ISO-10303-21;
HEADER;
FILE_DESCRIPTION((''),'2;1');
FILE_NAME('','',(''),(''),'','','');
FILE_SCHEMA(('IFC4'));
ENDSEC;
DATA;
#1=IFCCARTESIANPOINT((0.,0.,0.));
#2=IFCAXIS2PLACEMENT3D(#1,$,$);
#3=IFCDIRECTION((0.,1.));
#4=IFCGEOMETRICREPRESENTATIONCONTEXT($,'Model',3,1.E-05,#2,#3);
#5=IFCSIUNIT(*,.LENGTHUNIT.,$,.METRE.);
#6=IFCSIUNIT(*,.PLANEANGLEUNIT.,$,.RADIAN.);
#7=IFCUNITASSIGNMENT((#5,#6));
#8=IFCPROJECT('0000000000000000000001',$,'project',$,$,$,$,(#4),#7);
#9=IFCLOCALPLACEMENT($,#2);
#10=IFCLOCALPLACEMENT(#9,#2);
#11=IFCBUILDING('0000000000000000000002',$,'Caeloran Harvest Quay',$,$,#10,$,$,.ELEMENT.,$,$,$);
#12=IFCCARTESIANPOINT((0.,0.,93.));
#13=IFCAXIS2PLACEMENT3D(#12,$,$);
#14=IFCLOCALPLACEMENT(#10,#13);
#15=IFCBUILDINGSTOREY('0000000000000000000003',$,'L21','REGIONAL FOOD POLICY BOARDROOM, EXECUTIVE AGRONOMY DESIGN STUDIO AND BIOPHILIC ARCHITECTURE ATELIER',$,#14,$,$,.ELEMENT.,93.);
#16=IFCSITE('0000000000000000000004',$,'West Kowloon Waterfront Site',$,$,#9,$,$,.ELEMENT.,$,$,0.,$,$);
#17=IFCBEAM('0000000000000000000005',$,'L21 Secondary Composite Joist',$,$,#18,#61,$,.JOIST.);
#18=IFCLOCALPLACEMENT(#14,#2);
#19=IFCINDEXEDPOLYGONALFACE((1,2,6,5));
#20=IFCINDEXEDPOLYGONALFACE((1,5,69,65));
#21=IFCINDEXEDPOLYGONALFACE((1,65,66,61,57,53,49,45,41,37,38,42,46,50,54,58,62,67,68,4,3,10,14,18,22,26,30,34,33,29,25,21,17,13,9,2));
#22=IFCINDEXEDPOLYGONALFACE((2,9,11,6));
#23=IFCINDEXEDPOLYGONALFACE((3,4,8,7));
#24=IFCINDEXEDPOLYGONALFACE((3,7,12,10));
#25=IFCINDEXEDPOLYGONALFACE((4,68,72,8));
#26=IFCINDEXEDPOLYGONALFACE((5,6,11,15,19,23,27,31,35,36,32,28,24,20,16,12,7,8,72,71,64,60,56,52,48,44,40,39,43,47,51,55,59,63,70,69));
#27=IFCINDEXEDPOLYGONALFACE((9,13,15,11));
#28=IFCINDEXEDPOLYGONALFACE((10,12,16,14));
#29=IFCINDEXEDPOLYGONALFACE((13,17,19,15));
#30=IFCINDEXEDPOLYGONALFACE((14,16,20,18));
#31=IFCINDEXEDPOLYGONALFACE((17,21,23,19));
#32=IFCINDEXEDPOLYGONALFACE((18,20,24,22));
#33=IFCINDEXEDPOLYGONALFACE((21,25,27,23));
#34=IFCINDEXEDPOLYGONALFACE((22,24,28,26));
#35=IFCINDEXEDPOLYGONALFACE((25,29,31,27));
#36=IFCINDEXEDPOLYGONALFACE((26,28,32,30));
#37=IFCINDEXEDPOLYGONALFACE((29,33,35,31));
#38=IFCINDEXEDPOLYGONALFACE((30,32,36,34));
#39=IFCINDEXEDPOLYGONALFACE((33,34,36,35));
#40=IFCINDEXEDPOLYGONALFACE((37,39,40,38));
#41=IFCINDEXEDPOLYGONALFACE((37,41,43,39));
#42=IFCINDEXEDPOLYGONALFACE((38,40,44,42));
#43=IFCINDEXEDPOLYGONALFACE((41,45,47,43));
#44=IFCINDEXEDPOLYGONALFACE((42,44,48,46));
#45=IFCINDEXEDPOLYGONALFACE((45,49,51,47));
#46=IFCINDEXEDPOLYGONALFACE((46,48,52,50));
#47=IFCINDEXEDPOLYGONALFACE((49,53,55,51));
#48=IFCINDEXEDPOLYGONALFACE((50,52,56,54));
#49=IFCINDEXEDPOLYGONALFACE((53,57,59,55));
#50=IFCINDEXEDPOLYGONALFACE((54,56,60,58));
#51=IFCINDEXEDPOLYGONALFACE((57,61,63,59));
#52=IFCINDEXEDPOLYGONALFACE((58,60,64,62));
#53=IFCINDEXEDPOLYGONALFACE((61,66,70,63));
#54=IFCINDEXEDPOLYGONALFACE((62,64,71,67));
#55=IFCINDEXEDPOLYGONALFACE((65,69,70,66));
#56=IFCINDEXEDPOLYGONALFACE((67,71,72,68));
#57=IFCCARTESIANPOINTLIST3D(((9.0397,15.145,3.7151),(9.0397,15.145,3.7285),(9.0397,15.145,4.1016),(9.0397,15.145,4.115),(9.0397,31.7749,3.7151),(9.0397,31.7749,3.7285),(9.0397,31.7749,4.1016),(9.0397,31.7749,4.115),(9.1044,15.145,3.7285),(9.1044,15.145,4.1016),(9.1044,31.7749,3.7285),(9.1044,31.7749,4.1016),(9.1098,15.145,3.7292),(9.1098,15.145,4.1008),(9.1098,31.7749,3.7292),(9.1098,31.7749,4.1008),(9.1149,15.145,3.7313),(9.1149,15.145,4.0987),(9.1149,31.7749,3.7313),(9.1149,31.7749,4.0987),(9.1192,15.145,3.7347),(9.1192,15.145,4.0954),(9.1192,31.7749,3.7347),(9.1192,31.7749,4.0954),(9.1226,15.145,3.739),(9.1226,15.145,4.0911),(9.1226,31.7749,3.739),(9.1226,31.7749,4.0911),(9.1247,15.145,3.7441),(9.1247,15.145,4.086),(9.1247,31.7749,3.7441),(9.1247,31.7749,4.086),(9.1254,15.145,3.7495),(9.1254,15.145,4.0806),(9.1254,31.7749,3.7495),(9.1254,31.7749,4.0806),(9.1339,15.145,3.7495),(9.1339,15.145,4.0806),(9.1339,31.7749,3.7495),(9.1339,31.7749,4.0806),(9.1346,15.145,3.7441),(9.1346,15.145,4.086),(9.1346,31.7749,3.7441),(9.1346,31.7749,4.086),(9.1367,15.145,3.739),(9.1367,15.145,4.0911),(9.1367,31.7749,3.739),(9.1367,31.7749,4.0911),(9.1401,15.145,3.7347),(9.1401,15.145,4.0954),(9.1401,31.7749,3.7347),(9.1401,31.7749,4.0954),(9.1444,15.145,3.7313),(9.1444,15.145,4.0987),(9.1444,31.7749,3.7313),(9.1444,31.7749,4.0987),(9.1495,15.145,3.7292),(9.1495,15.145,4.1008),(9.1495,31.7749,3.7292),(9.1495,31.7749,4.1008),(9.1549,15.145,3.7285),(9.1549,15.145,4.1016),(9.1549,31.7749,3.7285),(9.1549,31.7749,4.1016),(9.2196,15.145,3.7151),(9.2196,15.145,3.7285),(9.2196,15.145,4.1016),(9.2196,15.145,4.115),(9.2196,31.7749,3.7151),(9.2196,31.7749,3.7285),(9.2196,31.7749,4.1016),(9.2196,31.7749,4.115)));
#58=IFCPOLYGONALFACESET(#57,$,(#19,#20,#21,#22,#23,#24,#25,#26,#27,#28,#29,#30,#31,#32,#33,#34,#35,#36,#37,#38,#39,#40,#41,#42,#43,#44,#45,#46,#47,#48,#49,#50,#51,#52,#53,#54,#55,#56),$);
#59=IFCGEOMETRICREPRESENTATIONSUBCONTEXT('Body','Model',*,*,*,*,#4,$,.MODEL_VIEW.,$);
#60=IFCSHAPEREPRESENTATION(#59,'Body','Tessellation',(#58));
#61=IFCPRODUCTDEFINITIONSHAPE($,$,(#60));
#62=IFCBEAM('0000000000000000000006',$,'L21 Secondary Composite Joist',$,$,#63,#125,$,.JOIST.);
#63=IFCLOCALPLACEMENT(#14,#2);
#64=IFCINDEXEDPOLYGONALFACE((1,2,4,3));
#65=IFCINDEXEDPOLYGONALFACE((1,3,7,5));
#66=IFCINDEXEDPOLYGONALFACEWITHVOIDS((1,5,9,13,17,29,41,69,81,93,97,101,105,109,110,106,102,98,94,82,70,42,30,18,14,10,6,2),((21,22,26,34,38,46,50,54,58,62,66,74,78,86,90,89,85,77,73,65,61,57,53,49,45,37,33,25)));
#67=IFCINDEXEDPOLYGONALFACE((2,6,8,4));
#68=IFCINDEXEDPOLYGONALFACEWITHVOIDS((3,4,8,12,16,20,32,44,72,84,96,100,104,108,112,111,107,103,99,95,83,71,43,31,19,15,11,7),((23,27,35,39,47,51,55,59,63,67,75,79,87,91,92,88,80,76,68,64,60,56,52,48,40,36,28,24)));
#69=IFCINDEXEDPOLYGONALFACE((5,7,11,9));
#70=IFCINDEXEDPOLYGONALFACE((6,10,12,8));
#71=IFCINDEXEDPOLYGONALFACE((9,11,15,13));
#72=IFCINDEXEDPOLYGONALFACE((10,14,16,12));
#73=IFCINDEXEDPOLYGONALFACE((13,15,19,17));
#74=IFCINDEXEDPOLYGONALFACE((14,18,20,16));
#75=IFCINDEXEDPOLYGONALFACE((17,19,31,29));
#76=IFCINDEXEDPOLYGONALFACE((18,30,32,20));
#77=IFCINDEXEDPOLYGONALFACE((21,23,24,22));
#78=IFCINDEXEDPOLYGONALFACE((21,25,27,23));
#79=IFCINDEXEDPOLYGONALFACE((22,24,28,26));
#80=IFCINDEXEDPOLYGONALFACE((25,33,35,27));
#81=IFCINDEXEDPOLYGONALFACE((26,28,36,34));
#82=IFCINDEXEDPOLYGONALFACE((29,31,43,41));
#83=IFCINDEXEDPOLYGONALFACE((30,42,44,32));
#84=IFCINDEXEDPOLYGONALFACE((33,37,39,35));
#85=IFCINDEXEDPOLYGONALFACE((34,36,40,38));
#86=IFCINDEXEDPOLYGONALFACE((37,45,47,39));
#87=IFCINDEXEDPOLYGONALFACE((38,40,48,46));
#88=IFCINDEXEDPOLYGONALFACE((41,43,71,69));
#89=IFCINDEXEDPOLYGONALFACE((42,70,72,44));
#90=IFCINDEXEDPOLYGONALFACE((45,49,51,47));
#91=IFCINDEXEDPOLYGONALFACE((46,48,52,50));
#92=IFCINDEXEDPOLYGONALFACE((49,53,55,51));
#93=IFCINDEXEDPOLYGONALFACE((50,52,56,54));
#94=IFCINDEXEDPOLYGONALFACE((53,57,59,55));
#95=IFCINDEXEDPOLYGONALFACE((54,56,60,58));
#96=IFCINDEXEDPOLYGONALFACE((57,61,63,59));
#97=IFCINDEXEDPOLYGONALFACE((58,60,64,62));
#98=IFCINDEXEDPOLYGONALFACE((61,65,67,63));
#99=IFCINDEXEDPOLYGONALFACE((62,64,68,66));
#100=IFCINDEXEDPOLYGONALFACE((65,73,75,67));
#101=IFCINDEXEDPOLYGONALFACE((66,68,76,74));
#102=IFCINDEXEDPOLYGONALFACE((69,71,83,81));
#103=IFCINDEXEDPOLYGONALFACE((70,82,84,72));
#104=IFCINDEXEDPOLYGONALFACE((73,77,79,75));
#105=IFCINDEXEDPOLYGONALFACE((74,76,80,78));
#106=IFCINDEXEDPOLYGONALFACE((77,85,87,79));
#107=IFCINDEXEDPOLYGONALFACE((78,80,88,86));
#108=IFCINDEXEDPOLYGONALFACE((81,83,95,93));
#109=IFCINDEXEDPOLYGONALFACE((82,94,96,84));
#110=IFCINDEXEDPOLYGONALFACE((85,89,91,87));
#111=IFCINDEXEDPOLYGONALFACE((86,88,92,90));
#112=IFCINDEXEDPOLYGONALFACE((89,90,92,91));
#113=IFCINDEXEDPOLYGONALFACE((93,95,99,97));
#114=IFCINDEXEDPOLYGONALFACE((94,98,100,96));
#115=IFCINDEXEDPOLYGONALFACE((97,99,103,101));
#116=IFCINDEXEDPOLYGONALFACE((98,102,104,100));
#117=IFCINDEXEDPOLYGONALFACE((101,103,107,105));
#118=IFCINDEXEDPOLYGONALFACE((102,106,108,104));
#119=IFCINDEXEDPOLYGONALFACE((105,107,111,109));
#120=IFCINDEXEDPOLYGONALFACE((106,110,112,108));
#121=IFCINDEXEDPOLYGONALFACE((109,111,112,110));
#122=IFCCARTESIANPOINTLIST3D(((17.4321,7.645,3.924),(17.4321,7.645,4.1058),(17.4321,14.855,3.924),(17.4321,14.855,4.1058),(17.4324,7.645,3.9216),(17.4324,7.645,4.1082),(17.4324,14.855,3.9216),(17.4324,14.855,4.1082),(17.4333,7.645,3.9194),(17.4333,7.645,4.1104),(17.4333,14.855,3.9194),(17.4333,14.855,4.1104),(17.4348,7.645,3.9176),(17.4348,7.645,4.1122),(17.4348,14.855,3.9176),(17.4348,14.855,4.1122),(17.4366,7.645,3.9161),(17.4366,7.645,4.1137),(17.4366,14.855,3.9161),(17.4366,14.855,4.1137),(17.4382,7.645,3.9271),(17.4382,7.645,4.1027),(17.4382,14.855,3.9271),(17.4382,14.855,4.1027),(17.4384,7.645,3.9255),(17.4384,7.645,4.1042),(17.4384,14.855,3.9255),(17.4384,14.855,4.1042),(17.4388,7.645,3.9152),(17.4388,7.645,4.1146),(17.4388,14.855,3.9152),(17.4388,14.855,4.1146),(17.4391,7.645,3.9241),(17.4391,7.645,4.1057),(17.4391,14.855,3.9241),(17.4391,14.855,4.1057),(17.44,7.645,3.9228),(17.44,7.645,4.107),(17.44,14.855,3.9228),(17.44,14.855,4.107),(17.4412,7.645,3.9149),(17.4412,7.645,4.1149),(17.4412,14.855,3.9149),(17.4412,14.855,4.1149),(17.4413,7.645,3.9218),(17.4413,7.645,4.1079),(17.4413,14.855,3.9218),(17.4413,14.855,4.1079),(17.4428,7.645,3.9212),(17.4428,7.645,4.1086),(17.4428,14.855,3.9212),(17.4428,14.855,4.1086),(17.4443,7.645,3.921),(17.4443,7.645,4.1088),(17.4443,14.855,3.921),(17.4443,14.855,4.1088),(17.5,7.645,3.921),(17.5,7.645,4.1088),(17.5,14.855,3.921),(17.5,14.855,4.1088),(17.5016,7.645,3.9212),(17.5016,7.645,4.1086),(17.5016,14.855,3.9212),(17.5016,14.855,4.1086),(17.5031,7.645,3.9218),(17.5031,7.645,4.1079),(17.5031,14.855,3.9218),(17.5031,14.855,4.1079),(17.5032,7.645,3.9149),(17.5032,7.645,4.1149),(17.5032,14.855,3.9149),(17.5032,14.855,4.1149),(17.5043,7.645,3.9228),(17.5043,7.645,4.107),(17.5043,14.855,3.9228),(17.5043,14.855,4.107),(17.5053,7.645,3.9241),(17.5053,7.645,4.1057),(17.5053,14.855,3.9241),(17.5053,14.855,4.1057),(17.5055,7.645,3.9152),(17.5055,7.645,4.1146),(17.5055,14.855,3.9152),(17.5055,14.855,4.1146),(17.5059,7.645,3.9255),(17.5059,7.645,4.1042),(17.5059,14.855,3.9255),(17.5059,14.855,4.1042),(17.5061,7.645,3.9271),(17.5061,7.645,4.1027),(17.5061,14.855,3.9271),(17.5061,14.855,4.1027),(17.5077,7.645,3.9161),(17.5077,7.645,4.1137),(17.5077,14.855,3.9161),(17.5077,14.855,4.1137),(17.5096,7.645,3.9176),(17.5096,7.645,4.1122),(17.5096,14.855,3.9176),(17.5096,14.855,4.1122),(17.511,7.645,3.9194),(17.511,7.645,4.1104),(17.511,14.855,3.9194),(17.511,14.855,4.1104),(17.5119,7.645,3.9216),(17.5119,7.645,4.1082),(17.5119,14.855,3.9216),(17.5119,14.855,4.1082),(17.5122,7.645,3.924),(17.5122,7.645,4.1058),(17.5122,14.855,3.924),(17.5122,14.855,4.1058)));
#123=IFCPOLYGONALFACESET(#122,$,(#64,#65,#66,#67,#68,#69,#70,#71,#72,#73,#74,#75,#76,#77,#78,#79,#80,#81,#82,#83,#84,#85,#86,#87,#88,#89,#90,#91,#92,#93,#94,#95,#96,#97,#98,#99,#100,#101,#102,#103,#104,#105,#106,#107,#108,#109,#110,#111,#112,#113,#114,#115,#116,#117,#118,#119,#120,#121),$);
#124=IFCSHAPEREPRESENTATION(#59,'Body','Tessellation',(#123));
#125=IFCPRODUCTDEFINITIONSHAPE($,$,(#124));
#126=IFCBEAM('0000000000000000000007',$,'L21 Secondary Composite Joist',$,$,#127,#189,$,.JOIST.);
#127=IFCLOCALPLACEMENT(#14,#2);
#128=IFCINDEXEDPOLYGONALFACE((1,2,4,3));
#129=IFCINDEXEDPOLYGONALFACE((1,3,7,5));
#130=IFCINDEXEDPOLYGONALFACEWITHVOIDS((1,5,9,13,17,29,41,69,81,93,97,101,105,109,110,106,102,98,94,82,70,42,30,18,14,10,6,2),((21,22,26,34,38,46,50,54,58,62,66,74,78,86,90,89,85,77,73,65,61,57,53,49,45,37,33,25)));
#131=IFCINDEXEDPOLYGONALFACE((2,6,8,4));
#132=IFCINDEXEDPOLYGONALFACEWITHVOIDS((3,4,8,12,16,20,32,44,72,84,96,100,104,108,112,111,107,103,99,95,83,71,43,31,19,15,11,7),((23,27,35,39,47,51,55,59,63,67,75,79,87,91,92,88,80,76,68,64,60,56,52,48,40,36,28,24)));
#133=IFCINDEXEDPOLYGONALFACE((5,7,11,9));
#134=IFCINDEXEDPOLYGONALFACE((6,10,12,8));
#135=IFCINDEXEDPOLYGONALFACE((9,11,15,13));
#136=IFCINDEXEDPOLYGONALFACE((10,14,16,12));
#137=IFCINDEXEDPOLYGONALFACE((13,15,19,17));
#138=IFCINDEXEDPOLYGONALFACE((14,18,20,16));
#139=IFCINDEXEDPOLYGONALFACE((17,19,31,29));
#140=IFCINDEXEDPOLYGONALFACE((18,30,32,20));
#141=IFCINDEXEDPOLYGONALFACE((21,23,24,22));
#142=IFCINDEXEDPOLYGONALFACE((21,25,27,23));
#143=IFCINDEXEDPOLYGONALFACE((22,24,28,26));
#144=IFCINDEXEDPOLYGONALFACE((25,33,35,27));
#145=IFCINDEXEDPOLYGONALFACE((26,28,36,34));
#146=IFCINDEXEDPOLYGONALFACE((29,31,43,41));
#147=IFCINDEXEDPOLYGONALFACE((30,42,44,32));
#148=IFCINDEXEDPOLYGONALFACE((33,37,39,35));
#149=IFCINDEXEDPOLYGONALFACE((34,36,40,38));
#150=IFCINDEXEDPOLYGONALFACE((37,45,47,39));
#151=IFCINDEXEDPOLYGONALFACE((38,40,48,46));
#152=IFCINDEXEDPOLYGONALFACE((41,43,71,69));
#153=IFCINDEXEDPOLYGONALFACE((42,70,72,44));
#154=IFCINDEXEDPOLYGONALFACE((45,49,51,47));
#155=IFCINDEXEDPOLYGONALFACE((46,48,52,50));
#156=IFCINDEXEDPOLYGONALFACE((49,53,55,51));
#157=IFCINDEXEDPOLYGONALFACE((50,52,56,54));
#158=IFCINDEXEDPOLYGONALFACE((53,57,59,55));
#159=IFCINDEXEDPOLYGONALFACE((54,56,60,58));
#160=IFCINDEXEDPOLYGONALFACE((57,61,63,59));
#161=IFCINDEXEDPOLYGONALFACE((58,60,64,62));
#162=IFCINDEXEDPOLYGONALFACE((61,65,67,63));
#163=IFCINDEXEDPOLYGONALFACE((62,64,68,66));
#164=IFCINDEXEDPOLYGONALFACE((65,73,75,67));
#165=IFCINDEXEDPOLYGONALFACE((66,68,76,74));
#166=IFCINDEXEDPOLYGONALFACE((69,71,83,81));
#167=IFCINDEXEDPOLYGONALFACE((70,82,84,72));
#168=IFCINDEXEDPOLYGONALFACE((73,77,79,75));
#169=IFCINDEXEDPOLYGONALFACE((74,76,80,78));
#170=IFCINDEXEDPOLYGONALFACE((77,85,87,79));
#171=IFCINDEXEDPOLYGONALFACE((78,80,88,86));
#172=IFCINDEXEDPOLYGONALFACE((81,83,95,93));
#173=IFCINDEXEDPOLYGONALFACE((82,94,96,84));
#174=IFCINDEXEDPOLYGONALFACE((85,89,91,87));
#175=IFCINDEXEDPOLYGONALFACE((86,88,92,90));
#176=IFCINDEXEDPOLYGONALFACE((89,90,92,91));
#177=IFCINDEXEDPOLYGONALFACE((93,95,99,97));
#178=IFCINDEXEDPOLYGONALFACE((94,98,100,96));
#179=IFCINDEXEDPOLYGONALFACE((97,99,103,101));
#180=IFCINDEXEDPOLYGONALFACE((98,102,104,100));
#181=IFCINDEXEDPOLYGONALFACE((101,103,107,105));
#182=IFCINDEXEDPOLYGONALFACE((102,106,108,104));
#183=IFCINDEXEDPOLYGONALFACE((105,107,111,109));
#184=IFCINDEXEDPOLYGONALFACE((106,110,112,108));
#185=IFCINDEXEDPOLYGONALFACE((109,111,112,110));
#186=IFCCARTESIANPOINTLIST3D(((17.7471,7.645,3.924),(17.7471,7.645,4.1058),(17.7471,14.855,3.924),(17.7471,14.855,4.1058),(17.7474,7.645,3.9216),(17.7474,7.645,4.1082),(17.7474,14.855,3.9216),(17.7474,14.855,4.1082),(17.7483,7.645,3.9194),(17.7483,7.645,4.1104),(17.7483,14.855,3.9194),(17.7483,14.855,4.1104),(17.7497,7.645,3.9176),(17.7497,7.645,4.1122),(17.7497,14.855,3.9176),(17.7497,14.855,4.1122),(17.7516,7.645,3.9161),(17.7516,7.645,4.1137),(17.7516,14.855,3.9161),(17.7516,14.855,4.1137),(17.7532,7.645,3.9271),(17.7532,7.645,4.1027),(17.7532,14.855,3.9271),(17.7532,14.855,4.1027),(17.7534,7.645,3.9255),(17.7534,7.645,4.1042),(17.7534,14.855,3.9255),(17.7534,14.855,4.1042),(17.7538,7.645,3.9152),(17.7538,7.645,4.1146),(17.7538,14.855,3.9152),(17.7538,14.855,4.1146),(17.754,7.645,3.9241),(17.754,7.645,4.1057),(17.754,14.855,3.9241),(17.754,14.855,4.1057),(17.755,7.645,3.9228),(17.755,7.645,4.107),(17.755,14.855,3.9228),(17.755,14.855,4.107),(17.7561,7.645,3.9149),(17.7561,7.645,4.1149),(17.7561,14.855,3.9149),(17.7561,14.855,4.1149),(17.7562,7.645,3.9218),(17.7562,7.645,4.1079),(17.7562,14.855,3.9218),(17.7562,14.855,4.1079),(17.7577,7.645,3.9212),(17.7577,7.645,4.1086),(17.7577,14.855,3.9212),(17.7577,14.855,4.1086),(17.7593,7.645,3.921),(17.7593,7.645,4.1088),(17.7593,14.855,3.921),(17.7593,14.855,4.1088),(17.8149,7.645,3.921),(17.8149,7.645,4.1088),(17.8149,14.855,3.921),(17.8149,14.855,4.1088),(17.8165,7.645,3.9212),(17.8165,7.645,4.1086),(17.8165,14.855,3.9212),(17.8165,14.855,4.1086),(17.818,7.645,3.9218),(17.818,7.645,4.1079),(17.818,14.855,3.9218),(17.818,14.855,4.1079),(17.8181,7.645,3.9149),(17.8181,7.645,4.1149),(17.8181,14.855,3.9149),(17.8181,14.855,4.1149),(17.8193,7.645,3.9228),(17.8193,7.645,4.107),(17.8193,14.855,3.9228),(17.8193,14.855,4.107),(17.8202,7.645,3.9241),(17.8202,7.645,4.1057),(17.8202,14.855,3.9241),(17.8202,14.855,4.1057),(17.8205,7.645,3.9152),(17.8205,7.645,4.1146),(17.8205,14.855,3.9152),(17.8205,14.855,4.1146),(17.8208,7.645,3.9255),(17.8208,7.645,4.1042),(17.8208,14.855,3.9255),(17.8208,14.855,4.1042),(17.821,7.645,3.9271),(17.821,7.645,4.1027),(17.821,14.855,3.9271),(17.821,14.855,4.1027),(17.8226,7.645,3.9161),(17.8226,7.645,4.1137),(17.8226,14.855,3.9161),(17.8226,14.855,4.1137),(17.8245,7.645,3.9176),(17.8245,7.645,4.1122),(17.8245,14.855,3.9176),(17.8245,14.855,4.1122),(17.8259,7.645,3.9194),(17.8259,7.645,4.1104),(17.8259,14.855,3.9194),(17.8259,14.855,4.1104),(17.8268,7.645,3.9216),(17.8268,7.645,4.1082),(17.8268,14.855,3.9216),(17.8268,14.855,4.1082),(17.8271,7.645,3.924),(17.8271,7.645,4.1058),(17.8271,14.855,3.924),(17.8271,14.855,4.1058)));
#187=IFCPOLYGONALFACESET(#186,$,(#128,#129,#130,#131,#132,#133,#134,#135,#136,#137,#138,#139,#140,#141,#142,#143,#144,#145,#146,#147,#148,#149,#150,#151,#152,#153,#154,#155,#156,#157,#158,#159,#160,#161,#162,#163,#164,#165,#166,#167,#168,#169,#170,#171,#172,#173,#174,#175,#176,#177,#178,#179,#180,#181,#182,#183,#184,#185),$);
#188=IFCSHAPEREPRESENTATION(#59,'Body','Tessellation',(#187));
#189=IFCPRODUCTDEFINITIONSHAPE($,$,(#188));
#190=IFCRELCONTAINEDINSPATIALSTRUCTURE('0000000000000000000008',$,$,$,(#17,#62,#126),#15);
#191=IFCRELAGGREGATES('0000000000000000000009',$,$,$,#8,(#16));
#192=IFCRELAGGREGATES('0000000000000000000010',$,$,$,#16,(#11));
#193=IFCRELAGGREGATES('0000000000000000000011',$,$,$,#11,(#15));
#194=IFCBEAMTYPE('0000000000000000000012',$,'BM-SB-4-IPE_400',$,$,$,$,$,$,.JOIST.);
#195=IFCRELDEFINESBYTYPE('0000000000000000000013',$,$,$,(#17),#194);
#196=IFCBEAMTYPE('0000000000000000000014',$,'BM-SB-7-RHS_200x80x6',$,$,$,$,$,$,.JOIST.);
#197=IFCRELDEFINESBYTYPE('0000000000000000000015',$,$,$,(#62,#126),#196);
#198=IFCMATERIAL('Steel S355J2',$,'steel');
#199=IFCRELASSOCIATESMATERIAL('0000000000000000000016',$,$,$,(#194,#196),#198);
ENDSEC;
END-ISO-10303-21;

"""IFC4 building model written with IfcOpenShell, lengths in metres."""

from ifc_helpers import new_model, si_unit, direction, frame, origin, origin_2d, place, context, subcontext, project, spatial, hollow_rectangle, i_section, extrude, material, material_profile, profile_set, type_object, element, save


model = new_model("IFC4")

# Units and contexts
model_context = context("Model", 3, precision=1e-05, world=origin(), true_north=direction((0.0, 1.0)))
body_context = subcontext(model_context, "Body", "Model", "MODEL_VIEW")
ifc_project = project(units=[si_unit("LENGTHUNIT", "METRE"), si_unit("PLANEANGLEUNIT", "RADIAN")], contexts=[model_context])

# Site, building, storey
site_placement = place(None, origin())
site = spatial("IfcSite", under=ifc_project, at=site_placement, Name="West Kowloon Waterfront Site", CompositionType="ELEMENT", RefElevation=0.0)
building_placement = place(site_placement, origin())
building = spatial("IfcBuilding", under=site, at=building_placement, Name="Caeloran Harvest Quay", CompositionType="ELEMENT")
storey_placement = place(building_placement, frame((0.0, 0.0, 93.0)))
storey = spatial("IfcBuildingStorey", under=building, at=storey_placement, Name="L21", Description="REGIONAL FOOD POLICY BOARDROOM, EXECUTIVE AGRONOMY DESIGN STUDIO AND BIOPHILIC ARCHITECTURE ATELIER", CompositionType="ELEMENT", Elevation=93.0)

# Beams
ifc_material_1 = material(Name="Steel S355J2", Category="steel")
ifc_material_profile_1 = material_profile(ifc_material_1, i_section(OverallWidth=0.1799, OverallDepth=0.3999, WebThickness=0.0085, FlangeThickness=0.0134, FilletRadius=0.021, at=origin_2d()), Name="IPE 400")
ifc_profile_set_1 = profile_set([ifc_material_profile_1], Name="Steel S355J2")
beam_type_1 = type_object("IfcBeamType", Name="BM-SB-4-IPE_400", PredefinedType="JOIST", material=ifc_profile_set_1)
beam_1_placement = place(storey_placement, frame((9.1296, 15.145, 3.915), z_axis=(0.0, 1.0, 0.0), x_axis=(-1.0, 0.0, 0.0)))
element("IfcBeam", 1, at=beam_1_placement, inside=storey, type_object=beam_type_1, Name="L21 Secondary Composite Joist", PredefinedType="JOIST", context=body_context, shape_type="SweptSolid", body=[
    extrude(i_section(OverallWidth=0.1799, OverallDepth=0.3999, WebThickness=0.0085, FlangeThickness=0.0134, FilletRadius=0.021, at=origin_2d()), origin(), (0.0, 0.0, 1.0), 16.6299),
])
ifc_material_profile_2 = material_profile(ifc_material_1, hollow_rectangle(XDim=0.0801, YDim=0.2, WallThickness=0.0061, InnerFilletRadius=0.0061, OuterFilletRadius=0.009, at=origin_2d()), Name="RHS 200x80x6")
ifc_profile_set_2 = profile_set([ifc_material_profile_2], Name="Steel S355J2")
beam_type_2 = type_object("IfcBeamType", Name="BM-SB-7-RHS_200x80x6", PredefinedType="JOIST", material=ifc_profile_set_2)
for number, where, z_axis, x_axis, name in (
    (2, (17.4722, 7.645, 4.0149), (0.0, 1.0, 0.0), (-1.0, 0.0, 0.0), "L21 Secondary Composite Joist"),
    (3, (17.7871, 7.645, 4.0149), (0.0, 1.0, 0.0), (-1.0, 0.0, 0.0), "L21 Secondary Composite Joist"),
):
    element("IfcBeam", number, at=place(storey_placement, frame(where, z_axis=z_axis, x_axis=x_axis)), inside=storey, type_object=beam_type_2, Name=name, PredefinedType="JOIST", context=body_context, shape_type="SweptSolid", body=[
        extrude(hollow_rectangle(XDim=0.0801, YDim=0.2, WallThickness=0.0061, InnerFilletRadius=0.0061, OuterFilletRadius=0.009, at=origin_2d()), origin(), (0.0, 0.0, 1.0), 7.21),
    ])

save(model, "model.ifc")
